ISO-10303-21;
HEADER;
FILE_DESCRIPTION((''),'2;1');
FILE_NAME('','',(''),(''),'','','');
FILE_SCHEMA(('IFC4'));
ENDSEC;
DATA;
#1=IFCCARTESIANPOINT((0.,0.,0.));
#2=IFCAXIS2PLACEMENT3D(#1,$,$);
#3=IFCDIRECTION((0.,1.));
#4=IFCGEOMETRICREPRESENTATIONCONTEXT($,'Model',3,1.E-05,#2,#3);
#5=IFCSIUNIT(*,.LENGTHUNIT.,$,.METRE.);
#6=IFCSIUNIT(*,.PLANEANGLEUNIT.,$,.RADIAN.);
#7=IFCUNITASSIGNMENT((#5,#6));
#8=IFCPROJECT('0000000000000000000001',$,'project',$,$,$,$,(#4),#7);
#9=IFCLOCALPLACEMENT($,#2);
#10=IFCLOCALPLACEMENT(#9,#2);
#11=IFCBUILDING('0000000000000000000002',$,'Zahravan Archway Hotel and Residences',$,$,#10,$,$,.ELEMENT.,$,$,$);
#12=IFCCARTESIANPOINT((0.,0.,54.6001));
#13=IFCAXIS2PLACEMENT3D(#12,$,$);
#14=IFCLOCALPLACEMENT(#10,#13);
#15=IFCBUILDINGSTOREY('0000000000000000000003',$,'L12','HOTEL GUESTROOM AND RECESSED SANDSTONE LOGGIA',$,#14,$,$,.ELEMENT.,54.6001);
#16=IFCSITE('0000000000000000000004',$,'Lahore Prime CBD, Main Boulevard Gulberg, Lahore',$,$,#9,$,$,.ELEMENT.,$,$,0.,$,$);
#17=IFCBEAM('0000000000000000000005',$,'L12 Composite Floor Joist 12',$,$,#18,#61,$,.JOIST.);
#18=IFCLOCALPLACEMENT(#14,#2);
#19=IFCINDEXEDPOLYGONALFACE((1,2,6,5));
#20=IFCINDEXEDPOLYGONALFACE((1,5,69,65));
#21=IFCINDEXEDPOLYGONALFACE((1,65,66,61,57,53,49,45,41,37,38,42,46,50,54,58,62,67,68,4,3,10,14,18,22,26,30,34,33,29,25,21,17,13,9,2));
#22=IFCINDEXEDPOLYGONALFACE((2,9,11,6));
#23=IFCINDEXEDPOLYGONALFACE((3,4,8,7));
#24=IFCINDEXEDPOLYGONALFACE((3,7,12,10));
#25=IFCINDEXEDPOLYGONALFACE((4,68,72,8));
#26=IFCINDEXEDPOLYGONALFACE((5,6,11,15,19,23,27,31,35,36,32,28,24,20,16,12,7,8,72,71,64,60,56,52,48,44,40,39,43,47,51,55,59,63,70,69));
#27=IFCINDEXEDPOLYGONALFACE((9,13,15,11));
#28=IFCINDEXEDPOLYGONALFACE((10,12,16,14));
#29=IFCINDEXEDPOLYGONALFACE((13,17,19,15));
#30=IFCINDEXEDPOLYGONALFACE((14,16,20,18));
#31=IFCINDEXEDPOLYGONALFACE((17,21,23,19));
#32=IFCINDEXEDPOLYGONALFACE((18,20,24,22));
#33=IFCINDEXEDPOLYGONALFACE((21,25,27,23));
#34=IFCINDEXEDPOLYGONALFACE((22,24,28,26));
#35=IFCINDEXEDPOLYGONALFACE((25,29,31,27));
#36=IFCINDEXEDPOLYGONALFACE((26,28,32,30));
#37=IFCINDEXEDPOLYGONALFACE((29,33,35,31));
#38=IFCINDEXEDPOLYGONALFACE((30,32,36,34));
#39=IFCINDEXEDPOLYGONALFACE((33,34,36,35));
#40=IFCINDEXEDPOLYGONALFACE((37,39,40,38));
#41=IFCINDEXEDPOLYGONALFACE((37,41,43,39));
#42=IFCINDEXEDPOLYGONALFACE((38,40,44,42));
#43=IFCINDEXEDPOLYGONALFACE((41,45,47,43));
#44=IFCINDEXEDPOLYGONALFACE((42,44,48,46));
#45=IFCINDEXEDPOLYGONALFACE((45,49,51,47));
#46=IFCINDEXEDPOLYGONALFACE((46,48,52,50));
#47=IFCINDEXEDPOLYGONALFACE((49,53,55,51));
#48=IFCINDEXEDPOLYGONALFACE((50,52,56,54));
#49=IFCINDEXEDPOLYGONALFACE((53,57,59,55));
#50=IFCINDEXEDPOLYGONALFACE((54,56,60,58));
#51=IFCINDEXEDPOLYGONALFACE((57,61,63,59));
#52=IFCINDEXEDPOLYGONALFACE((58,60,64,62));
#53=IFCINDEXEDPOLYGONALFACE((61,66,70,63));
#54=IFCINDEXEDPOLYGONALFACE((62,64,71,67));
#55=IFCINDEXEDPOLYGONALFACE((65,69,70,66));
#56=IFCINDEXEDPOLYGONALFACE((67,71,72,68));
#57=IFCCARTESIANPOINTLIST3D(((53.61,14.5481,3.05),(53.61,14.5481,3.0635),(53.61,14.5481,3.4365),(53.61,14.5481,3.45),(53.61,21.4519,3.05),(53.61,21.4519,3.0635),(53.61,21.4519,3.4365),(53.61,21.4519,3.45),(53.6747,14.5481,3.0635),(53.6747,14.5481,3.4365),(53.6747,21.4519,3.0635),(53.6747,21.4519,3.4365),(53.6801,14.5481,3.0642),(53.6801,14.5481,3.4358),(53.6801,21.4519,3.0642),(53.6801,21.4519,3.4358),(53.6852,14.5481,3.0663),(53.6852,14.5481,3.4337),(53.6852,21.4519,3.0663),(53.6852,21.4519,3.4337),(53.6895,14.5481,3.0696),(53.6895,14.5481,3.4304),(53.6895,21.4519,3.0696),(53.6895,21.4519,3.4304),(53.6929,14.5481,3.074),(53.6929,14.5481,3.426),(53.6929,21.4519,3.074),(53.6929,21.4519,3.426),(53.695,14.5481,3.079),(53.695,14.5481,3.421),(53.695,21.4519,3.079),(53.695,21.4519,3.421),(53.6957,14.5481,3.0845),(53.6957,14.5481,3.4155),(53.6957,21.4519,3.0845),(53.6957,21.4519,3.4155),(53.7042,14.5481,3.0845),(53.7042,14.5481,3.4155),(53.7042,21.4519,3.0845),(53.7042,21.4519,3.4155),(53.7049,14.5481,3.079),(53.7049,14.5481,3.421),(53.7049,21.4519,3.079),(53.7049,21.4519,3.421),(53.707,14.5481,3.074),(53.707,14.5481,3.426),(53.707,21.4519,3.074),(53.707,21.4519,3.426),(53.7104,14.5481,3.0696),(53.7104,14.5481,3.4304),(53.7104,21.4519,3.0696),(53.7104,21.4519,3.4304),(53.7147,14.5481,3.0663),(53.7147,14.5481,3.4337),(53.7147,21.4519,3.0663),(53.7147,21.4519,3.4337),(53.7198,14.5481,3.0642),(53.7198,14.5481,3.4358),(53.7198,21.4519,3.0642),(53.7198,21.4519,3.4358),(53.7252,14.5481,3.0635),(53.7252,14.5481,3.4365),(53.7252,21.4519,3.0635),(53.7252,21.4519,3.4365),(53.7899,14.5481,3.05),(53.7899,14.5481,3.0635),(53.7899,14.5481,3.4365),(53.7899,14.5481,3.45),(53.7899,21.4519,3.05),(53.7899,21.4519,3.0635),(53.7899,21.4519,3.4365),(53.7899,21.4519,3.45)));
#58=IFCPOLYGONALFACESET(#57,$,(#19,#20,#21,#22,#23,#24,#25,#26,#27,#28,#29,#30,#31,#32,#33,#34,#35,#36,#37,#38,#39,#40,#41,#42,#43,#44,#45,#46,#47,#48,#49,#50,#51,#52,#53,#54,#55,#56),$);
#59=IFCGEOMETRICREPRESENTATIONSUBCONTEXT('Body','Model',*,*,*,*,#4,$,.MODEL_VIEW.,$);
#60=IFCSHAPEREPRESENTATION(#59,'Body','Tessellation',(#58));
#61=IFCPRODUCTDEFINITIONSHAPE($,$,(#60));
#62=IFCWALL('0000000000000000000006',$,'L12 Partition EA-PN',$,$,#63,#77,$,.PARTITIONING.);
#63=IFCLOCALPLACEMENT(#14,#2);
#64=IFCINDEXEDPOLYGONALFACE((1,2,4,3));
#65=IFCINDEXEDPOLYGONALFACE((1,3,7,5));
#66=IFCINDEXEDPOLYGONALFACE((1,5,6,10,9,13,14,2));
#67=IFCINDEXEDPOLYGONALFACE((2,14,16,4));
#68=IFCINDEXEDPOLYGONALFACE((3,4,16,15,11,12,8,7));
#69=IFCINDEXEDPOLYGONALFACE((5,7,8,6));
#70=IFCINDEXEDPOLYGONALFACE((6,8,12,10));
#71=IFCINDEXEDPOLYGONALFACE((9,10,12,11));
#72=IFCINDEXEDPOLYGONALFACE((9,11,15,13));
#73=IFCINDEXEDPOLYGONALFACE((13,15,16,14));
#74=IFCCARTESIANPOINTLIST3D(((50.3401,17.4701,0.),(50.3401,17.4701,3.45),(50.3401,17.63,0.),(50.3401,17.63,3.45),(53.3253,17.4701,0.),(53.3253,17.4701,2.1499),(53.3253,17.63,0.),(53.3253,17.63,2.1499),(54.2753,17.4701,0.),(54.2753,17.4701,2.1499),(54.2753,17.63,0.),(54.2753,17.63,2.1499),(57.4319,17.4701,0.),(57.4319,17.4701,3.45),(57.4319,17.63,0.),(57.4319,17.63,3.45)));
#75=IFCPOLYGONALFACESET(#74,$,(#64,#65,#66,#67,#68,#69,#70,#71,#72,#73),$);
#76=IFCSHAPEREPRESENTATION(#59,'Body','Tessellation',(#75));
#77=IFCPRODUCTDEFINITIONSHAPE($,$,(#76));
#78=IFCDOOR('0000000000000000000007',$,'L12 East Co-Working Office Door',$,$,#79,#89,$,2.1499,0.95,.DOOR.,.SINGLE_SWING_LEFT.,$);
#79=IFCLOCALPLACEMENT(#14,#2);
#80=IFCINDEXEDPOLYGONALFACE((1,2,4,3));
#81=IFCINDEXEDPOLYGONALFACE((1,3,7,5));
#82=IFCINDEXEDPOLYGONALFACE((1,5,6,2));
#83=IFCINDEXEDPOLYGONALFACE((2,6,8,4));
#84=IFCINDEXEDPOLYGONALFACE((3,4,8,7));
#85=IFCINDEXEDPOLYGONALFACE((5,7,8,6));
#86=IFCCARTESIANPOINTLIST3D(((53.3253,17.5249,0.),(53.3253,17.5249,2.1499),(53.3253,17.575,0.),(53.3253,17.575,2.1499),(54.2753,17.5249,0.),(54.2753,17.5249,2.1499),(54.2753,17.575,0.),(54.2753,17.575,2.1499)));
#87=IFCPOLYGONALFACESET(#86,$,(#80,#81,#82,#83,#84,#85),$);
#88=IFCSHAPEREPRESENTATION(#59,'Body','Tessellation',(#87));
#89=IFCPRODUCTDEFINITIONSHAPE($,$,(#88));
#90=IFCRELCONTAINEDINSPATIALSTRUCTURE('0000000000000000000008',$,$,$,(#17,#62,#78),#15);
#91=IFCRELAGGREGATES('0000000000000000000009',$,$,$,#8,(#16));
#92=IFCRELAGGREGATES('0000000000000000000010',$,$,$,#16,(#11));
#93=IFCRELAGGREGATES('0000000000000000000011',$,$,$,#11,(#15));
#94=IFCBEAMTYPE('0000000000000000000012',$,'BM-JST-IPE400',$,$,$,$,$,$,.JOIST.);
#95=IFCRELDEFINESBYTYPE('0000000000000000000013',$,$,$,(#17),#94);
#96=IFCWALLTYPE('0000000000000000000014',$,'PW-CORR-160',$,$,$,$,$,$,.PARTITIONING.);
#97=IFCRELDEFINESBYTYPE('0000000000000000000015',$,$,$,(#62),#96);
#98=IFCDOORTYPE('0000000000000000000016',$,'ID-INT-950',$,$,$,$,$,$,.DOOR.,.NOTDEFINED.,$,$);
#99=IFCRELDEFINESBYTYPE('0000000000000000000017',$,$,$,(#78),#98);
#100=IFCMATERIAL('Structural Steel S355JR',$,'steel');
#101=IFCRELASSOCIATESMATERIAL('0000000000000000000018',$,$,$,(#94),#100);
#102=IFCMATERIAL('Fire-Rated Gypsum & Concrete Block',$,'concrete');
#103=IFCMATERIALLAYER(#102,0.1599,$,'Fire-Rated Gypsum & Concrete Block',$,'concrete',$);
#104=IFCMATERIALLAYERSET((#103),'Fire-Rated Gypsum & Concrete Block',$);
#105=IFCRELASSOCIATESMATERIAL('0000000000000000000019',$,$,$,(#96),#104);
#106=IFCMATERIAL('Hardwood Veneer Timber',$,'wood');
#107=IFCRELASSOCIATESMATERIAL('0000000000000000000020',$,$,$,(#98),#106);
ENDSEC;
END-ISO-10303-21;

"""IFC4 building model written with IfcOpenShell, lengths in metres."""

from ifc_helpers import new_model, si_unit, direction, frame, frame_2d, origin, origin_2d, place, context, subcontext, project, spatial, rectangle, i_section, extrude, source, transform, mapped, material, layer, layer_set, material_profile, profile_set, type_object, type_shapes, element, fill, save


model = new_model("IFC4")

# Units and contexts
model_context = context("Model", 3, precision=1e-05, world=origin(), true_north=direction((0.0, 1.0)))
body_context = subcontext(model_context, "Body", "Model", "MODEL_VIEW")
ifc_project = project(units=[si_unit("LENGTHUNIT", "METRE"), si_unit("PLANEANGLEUNIT", "RADIAN")], contexts=[model_context])

# Site, building, storey
site_placement = place(None, origin())
site = spatial("IfcSite", under=ifc_project, at=site_placement, Name="Lahore Prime CBD, Main Boulevard Gulberg, Lahore", CompositionType="ELEMENT", RefElevation=0.0)
building_placement = place(site_placement, origin())
building = spatial("IfcBuilding", under=site, at=building_placement, Name="Zahravan Archway Hotel and Residences", CompositionType="ELEMENT")
storey_placement = place(building_placement, frame((0.0, 0.0, 54.6001)))
storey = spatial("IfcBuildingStorey", under=building, at=storey_placement, Name="L12", Description="HOTEL GUESTROOM AND RECESSED SANDSTONE LOGGIA", CompositionType="ELEMENT", Elevation=54.6001)

# Beam
ifc_material_1 = material(Name="Structural Steel S355JR", Category="steel")
ifc_material_profile_1 = material_profile(ifc_material_1, i_section(OverallWidth=0.1799, OverallDepth=0.3999, WebThickness=0.0085, FlangeThickness=0.0134, FilletRadius=0.021, at=origin_2d()), Name="IPE 400", Category="steel")
ifc_profile_set_1 = profile_set([ifc_material_profile_1], Name="Structural Steel S355JR")
beam_type_1 = type_object("IfcBeamType", Name="BM-JST-IPE400", PredefinedType="JOIST", material=ifc_profile_set_1)
shared_shape_1 = source(origin(), body_context, "Body", "SweptSolid", [
    extrude(i_section(OverallWidth=0.1799, OverallDepth=0.3999, WebThickness=0.0085, FlangeThickness=0.0134, FilletRadius=0.021, at=origin_2d()), origin(), (0.0, 0.0, 1.0), 6.9038),
])
beam_1_placement = place(storey_placement, frame((53.7, 14.5481, 3.25), z_axis=(0.0, 1.0, 0.0), x_axis=(-1.0, 0.0, 0.0)))
element("IfcBeam", 1, at=beam_1_placement, inside=storey, type_object=beam_type_1, Name="L12 Composite Floor Joist 12", PredefinedType="JOIST", context=body_context, shape_type="MappedRepresentation", body=[
    mapped(shared_shape_1, transform((0.0, 0.0, 0.0), scale=1.0)),
])

# Wall, opening, door
ifc_material_2 = material(Name="Fire-Rated Gypsum & Concrete Block", Category="concrete")
ifc_layer_1 = layer(ifc_material_2, 0.1599, Name="Fire-Rated Gypsum & Concrete Block", Category="concrete")
ifc_layer_set_1 = layer_set([ifc_layer_1], Name="Fire-Rated Gypsum & Concrete Block")
wall_type_1 = type_object("IfcWallType", Name="PW-CORR-160", PredefinedType="PARTITIONING", material=ifc_layer_set_1)
wall_1_placement = place(storey_placement, frame((50.3401, 17.55, 0.0), z_axis=(0.0, 0.0, 1.0), x_axis=(1.0, 0.0, 0.0)))
wall_1 = element("IfcWall", 2, at=wall_1_placement, inside=storey, type_object=wall_type_1, Name="L12 Partition EA-PN", PredefinedType="PARTITIONING", context=body_context, shape_type="SweptSolid", body=[
    extrude(rectangle(XDim=7.0918, YDim=0.1599, at=frame_2d((3.5459, 0.0))), origin(), (0.0, 0.0, 1.0), 3.45),
])
opening_1_placement = place(wall_1_placement, frame((2.9851, 0.0, 0.0)))
opening_1 = element("IfcOpeningElement", 3, at=opening_1_placement, cuts=wall_1, PredefinedType="OPENING", context=body_context, shape_type="SweptSolid", body=[
    extrude(rectangle(XDim=0.95, YDim=2.1499, at=frame_2d((0.4751, 1.075))), frame((0.0, 0.0898, 0.0), z_axis=(0.0, -1.0, 0.0), x_axis=(1.0, 0.0, 0.0)), (0.0, 0.0, 1.0), 0.1799),
])
ifc_material_3 = material(Name="Hardwood Veneer Timber", Category="wood")
door_type_1 = type_object("IfcDoorType", Name="ID-INT-950", OperationType="NOTDEFINED", PredefinedType="DOOR", material=ifc_material_3)
shared_shape_2 = source(origin(), body_context, "Body", "SweptSolid", [
    extrude(rectangle(XDim=0.95, YDim=2.1499, at=frame_2d((0.4751, 1.075))), frame((0.0, 0.0249, 0.0), z_axis=(0.0, -1.0, 0.0), x_axis=(1.0, 0.0, 0.0)), (0.0, 0.0, 1.0), 0.05),
])
type_shapes(door_type_1, [shared_shape_2])
door_1_placement = place(opening_1_placement, origin())
door_1 = element("IfcDoor", 4, at=door_1_placement, inside=storey, type_object=door_type_1, Name="L12 East Co-Working Office Door", OperationType="SINGLE_SWING_LEFT", OverallHeight=2.1499, OverallWidth=0.95, PredefinedType="DOOR", context=body_context, shape_type="MappedRepresentation", body=[
    mapped(shared_shape_2, transform((0.0, 0.0, 0.0), scale=1.0)),
])
fill(opening_1, door_1)

save(model, "model.ifc")
